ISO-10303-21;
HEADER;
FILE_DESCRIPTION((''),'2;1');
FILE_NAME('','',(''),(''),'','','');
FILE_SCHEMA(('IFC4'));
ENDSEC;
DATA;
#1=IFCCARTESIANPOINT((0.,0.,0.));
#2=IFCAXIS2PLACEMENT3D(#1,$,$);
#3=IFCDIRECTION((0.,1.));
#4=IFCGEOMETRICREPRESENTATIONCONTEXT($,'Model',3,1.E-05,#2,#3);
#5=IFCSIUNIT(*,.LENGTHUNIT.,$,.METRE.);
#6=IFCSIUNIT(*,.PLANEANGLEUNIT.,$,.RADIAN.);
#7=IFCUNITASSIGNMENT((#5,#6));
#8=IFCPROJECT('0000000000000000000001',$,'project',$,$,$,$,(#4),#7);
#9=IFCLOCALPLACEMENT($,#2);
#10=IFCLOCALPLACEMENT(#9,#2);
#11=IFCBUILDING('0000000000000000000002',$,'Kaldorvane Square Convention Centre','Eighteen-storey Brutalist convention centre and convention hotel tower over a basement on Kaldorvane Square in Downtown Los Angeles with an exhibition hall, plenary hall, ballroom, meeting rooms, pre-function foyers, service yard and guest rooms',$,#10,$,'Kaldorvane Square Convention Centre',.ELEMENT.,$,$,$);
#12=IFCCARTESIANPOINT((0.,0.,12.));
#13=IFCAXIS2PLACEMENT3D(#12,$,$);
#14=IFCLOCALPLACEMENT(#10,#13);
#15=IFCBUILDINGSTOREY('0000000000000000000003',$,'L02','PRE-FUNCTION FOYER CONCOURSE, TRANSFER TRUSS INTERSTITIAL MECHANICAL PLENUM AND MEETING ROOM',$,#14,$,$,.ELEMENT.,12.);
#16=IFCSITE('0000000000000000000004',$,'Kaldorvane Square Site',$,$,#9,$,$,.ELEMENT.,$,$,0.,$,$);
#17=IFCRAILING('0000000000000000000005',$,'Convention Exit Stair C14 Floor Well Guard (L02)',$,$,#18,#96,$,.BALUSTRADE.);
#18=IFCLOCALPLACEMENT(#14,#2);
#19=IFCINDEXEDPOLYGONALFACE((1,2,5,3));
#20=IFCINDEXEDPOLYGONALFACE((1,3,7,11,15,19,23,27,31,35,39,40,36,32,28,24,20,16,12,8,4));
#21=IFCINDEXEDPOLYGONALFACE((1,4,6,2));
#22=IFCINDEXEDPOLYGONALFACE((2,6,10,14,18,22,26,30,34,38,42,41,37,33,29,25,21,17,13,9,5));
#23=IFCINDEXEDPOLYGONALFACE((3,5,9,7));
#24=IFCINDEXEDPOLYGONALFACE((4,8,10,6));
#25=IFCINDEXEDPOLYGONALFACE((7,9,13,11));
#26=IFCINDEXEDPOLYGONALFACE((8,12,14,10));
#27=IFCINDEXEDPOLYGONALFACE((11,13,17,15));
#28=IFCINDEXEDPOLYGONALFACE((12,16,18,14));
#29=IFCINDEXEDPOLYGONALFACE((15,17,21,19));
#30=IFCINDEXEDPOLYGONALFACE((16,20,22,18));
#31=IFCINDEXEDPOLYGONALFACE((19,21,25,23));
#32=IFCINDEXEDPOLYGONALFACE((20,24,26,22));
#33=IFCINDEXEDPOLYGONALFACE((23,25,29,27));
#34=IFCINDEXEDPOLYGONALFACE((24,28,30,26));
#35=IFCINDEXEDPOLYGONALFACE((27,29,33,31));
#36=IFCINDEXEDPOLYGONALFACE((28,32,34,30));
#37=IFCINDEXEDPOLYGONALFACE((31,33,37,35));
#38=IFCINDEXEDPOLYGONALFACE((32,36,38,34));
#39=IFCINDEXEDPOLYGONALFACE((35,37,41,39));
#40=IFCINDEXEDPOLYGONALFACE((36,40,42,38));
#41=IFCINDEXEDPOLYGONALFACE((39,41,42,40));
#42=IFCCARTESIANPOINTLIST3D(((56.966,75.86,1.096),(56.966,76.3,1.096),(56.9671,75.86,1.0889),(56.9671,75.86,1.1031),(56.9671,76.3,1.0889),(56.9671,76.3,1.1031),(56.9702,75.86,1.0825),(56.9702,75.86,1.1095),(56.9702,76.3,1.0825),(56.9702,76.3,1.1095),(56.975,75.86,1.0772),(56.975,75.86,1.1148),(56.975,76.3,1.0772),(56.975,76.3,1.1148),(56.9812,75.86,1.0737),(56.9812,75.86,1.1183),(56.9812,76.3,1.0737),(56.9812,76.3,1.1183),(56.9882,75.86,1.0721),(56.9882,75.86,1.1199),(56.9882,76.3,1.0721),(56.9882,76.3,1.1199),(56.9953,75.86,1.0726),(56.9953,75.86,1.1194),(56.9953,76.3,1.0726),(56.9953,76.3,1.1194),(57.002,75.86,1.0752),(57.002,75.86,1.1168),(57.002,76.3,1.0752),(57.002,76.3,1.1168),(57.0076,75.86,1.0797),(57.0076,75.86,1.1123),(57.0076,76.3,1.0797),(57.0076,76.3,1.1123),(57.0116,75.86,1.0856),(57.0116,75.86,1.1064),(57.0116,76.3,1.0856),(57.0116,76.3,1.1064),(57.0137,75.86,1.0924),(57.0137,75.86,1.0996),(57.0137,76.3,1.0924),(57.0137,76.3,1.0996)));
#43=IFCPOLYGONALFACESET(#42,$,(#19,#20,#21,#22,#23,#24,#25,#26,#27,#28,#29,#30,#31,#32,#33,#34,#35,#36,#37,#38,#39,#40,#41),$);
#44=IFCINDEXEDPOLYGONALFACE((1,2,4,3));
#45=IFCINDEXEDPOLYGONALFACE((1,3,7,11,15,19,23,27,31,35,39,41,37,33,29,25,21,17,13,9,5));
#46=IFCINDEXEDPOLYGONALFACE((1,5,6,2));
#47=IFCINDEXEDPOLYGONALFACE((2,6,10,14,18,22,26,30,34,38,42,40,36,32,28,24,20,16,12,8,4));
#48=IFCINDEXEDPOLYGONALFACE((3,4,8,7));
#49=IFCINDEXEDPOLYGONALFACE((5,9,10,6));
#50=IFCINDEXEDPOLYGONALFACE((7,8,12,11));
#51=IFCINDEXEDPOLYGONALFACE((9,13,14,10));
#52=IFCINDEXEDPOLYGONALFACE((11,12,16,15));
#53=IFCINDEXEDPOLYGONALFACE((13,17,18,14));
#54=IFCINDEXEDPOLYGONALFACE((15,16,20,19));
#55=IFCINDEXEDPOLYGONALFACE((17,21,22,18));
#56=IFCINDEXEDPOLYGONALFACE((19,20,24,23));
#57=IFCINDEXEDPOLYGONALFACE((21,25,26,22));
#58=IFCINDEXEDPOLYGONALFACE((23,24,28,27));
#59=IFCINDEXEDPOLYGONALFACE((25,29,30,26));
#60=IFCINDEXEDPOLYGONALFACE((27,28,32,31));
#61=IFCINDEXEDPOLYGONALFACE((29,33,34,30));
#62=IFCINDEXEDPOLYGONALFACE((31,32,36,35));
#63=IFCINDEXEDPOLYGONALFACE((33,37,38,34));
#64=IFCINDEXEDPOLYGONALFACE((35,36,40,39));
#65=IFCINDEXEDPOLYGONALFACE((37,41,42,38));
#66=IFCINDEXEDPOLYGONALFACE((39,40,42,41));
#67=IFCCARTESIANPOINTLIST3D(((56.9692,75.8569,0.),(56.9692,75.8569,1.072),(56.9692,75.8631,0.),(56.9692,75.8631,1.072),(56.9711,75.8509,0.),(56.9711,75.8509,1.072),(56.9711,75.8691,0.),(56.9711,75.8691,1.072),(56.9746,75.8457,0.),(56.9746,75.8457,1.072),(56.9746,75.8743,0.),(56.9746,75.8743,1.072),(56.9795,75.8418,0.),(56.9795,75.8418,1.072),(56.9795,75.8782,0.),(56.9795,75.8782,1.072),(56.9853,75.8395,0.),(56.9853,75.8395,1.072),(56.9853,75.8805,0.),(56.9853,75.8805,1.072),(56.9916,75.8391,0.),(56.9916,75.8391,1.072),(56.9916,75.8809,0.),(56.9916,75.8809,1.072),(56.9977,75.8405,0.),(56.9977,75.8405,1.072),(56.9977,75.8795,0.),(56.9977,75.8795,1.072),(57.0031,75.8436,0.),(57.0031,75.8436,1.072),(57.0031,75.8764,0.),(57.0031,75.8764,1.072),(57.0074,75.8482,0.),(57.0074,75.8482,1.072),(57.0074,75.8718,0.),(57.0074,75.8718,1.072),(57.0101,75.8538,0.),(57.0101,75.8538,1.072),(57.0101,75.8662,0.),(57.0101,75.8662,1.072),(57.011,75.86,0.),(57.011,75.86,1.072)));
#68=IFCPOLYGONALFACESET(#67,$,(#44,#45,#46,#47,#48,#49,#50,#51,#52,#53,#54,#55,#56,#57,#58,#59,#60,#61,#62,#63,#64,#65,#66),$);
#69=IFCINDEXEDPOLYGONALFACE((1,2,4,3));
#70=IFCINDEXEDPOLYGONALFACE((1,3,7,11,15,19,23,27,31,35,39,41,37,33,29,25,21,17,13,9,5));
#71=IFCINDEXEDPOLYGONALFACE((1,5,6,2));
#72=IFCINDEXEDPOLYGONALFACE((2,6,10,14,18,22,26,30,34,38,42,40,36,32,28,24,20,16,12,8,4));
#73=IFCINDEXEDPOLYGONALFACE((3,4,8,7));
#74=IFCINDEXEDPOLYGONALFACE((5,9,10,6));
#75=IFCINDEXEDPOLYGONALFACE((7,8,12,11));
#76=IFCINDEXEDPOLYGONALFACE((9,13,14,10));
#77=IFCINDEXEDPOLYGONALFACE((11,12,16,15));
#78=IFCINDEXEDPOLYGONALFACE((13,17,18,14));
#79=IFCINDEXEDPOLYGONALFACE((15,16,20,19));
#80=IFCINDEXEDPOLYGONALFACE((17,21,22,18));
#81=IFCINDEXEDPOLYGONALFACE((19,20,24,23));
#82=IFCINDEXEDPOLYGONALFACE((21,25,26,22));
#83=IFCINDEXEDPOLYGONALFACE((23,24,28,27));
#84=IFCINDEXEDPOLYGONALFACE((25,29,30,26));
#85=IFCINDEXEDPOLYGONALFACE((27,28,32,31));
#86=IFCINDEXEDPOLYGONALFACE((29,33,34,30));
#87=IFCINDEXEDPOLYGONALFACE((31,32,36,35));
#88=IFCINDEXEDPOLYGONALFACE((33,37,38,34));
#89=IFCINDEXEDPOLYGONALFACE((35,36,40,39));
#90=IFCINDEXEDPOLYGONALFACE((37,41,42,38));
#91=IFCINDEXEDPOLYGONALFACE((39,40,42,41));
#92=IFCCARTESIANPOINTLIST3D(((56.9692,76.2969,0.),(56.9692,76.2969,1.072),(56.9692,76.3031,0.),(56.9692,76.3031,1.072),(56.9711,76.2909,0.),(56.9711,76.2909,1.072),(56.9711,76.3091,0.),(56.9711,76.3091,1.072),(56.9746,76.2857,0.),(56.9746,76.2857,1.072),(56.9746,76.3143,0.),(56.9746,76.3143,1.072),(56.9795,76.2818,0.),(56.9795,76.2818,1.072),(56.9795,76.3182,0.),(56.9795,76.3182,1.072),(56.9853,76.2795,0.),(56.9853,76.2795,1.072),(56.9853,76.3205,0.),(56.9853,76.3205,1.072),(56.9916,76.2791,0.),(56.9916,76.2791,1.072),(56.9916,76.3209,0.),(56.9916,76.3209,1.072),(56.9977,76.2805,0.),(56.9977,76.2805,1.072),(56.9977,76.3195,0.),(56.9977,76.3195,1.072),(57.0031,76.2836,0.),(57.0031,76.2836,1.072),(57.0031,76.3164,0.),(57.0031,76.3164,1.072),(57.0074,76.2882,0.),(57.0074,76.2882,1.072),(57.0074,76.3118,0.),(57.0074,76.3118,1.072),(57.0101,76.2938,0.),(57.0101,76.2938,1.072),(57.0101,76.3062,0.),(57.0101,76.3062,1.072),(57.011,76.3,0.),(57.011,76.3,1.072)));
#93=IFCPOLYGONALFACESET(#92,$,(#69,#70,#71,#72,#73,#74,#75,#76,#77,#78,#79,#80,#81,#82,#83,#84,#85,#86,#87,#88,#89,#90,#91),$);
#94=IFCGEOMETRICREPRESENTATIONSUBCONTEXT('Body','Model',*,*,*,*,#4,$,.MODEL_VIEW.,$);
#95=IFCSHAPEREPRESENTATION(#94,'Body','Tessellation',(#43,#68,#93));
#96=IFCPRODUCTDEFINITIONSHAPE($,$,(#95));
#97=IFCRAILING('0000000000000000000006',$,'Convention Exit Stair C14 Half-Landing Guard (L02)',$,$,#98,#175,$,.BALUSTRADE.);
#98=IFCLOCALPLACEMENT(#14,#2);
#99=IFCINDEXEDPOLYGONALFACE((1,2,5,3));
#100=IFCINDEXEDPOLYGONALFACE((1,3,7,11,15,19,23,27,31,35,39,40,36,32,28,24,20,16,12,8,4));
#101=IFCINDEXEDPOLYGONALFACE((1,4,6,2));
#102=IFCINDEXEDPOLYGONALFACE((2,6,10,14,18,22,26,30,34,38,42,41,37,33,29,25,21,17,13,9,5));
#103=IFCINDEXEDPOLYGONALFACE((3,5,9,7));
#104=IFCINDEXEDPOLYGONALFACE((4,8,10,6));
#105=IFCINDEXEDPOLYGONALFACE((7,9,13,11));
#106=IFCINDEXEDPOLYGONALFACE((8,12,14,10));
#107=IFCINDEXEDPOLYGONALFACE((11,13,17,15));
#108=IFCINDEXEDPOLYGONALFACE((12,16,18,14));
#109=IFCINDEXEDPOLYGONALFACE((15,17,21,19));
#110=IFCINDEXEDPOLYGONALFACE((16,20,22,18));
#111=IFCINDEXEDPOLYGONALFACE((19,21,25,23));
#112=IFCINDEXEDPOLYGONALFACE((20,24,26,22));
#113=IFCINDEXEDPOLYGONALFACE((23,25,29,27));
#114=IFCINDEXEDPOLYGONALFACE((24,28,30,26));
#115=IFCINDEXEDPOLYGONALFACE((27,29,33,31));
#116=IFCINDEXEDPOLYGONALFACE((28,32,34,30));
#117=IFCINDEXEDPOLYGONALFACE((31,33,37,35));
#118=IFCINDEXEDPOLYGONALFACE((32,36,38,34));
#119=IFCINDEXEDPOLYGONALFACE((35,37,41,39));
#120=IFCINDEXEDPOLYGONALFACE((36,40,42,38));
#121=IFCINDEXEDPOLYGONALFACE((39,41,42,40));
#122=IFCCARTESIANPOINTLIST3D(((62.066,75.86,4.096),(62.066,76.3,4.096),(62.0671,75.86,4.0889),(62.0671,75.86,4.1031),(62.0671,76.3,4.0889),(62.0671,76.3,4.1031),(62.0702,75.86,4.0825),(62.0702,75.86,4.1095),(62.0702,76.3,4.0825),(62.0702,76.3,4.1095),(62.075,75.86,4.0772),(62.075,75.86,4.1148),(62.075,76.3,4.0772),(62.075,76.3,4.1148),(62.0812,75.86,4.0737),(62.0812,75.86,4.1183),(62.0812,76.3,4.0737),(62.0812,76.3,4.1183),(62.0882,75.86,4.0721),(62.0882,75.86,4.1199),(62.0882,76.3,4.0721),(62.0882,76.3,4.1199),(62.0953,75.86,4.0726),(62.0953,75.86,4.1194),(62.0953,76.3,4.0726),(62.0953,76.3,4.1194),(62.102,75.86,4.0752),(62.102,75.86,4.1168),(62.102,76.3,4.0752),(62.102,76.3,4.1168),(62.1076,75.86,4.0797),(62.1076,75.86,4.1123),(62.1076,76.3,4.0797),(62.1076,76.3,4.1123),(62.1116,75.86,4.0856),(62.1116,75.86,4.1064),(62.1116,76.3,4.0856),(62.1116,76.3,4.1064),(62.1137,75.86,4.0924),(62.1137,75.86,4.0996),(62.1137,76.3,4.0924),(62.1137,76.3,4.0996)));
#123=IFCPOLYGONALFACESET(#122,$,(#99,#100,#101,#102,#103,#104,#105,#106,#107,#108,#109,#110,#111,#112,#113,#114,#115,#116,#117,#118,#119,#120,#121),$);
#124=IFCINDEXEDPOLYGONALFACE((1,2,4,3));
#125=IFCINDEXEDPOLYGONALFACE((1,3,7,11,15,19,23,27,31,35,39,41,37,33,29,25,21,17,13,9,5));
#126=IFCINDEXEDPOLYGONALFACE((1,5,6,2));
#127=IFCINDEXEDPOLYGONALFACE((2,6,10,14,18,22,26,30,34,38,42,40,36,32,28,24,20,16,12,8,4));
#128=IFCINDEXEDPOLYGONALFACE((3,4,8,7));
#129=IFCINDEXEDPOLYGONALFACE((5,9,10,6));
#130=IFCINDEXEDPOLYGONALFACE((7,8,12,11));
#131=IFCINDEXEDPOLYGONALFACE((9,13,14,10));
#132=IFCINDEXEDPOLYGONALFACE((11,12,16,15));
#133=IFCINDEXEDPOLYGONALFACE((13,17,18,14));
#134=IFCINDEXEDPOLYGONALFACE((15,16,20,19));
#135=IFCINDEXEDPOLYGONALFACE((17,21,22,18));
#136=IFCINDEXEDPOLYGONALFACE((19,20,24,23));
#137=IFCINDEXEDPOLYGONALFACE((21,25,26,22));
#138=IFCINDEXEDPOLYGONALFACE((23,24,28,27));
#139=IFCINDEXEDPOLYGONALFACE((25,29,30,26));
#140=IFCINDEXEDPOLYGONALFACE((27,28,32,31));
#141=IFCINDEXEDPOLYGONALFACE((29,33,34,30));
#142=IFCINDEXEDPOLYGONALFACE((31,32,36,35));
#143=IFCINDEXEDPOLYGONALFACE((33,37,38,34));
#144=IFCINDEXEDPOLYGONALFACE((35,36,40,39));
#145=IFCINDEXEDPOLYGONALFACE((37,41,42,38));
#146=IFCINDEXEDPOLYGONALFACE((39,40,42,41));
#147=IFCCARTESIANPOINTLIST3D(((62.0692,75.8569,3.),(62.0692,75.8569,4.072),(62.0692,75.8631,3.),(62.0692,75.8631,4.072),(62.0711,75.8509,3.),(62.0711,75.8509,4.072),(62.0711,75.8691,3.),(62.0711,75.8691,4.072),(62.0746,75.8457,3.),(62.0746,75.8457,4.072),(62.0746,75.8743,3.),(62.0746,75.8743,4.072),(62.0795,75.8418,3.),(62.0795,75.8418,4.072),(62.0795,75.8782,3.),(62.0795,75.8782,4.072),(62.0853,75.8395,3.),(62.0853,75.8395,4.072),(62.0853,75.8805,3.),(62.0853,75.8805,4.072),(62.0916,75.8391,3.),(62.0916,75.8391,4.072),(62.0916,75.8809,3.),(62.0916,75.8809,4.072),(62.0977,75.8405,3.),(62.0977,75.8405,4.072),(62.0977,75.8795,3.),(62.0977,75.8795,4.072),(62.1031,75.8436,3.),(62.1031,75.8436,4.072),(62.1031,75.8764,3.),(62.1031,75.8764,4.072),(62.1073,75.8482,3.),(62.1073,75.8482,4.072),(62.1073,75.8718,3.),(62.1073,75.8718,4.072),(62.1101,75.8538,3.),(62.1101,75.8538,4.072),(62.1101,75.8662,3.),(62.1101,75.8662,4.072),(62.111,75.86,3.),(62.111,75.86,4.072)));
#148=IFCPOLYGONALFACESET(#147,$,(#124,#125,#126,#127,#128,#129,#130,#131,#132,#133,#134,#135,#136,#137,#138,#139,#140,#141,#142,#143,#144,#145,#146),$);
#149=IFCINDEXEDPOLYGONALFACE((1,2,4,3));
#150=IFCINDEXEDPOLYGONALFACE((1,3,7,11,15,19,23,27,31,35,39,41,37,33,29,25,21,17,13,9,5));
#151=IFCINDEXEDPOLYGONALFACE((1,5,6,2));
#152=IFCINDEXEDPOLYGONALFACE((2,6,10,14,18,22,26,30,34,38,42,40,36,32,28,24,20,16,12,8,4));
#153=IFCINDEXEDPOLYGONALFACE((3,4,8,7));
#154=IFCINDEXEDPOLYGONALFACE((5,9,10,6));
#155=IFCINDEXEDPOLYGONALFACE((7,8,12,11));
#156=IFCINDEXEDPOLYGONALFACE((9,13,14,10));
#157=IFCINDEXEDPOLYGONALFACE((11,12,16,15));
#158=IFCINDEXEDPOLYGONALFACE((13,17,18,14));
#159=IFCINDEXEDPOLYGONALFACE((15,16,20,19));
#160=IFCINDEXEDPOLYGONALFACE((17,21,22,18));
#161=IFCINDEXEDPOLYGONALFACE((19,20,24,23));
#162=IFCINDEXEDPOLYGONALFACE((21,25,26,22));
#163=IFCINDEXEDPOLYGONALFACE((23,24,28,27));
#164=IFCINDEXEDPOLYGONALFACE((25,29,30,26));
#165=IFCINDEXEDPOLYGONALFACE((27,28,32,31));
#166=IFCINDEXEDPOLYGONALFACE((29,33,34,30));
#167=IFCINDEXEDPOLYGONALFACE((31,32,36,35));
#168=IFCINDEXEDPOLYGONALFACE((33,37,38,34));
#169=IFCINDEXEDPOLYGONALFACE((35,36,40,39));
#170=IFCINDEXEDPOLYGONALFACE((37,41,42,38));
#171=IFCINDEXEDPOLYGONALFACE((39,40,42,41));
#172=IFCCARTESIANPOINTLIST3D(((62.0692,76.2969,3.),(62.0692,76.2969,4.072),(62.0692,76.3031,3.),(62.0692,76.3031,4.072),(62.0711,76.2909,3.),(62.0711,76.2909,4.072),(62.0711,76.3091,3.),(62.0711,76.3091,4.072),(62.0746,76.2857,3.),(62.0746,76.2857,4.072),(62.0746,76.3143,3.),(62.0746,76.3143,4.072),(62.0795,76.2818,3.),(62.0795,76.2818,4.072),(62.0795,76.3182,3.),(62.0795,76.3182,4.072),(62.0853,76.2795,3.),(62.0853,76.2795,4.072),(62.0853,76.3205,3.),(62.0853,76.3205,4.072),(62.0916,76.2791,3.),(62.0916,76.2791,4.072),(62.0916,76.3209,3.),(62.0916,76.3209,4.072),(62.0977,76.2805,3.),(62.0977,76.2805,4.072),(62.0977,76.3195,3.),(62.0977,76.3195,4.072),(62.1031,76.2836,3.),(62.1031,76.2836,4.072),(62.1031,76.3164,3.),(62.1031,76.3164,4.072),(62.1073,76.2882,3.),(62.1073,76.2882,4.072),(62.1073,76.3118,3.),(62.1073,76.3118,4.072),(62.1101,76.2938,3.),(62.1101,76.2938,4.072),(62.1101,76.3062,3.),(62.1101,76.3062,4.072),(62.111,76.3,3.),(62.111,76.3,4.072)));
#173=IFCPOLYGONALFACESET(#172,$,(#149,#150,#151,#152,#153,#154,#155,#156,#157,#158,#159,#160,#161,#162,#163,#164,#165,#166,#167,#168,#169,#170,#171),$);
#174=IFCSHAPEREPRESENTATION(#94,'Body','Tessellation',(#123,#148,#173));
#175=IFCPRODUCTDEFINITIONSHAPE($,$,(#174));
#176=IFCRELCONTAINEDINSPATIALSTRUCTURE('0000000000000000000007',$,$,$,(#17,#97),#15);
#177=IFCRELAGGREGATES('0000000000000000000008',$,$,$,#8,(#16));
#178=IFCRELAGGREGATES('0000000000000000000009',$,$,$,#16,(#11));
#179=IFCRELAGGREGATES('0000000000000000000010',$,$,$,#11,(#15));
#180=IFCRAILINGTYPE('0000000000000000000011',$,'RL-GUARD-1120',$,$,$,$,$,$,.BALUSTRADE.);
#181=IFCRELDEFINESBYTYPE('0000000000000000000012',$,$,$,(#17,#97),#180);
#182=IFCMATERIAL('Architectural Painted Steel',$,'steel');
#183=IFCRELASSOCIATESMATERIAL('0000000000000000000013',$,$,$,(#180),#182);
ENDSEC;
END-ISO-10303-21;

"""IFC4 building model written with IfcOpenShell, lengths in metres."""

from ifc_helpers import new_model, si_unit, direction, frame, origin, origin_2d, place, context, subcontext, project, spatial, circle, extrude, material, type_object, element, save


model = new_model("IFC4")

# Units and contexts
model_context = context("Model", 3, precision=1e-05, world=origin(), true_north=direction((0.0, 1.0)))
body_context = subcontext(model_context, "Body", "Model", "MODEL_VIEW")
ifc_project = project(units=[si_unit("LENGTHUNIT", "METRE"), si_unit("PLANEANGLEUNIT", "RADIAN")], contexts=[model_context])

# Site, building, storey
site_placement = place(None, origin())
site = spatial("IfcSite", under=ifc_project, at=site_placement, Name="Kaldorvane Square Site", CompositionType="ELEMENT", RefElevation=0.0)
building_placement = place(site_placement, origin())
building = spatial("IfcBuilding", under=site, at=building_placement, Name="Kaldorvane Square Convention Centre", Description="Eighteen-storey Brutalist convention centre and convention hotel tower over a basement on Kaldorvane Square in Downtown Los Angeles with an exhibition hall, plenary hall, ballroom, meeting rooms, pre-function foyers, service yard and guest rooms", LongName="Kaldorvane Square Convention Centre", CompositionType="ELEMENT")
storey_placement = place(building_placement, frame((0.0, 0.0, 12.0)))
storey = spatial("IfcBuildingStorey", under=building, at=storey_placement, Name="L02", Description="PRE-FUNCTION FOYER CONCOURSE, TRANSFER TRUSS INTERSTITIAL MECHANICAL PLENUM AND MEETING ROOM", CompositionType="ELEMENT", Elevation=12.0)

# Railings
ifc_material_1 = material(Name="Architectural Painted Steel", Category="steel")
railing_type_1 = type_object("IfcRailingType", Name="RL-GUARD-1120", PredefinedType="BALUSTRADE", material=ifc_material_1)
for number, where, name in (
    (1, (56.99, 75.86, 0.0), "Convention Exit Stair C14 Floor Well Guard (L02)"),
    (2, (62.09, 75.86, 3.0), "Convention Exit Stair C14 Half-Landing Guard (L02)"),
):
    element("IfcRailing", number, at=place(storey_placement, frame(where)), inside=storey, type_object=railing_type_1, Name=name, PredefinedType="BALUSTRADE", context=body_context, shape_type="SweptSolid", body=[
        extrude(circle(Radius=0.024, at=origin_2d()), frame((0.0, 0.0, 1.096), z_axis=(0.0, 1.0, 0.0), x_axis=(-1.0, 0.0, 0.0)), (0.0, 0.0, 1.0), 0.44),
        extrude(circle(Radius=0.021, at=origin_2d()), origin(), (0.0, 0.0, 1.0), 1.072),
        extrude(circle(Radius=0.021, at=origin_2d()), frame((0.0, 0.44, 0.0)), (0.0, 0.0, 1.0), 1.072),
    ])

save(model, "model.ifc")
